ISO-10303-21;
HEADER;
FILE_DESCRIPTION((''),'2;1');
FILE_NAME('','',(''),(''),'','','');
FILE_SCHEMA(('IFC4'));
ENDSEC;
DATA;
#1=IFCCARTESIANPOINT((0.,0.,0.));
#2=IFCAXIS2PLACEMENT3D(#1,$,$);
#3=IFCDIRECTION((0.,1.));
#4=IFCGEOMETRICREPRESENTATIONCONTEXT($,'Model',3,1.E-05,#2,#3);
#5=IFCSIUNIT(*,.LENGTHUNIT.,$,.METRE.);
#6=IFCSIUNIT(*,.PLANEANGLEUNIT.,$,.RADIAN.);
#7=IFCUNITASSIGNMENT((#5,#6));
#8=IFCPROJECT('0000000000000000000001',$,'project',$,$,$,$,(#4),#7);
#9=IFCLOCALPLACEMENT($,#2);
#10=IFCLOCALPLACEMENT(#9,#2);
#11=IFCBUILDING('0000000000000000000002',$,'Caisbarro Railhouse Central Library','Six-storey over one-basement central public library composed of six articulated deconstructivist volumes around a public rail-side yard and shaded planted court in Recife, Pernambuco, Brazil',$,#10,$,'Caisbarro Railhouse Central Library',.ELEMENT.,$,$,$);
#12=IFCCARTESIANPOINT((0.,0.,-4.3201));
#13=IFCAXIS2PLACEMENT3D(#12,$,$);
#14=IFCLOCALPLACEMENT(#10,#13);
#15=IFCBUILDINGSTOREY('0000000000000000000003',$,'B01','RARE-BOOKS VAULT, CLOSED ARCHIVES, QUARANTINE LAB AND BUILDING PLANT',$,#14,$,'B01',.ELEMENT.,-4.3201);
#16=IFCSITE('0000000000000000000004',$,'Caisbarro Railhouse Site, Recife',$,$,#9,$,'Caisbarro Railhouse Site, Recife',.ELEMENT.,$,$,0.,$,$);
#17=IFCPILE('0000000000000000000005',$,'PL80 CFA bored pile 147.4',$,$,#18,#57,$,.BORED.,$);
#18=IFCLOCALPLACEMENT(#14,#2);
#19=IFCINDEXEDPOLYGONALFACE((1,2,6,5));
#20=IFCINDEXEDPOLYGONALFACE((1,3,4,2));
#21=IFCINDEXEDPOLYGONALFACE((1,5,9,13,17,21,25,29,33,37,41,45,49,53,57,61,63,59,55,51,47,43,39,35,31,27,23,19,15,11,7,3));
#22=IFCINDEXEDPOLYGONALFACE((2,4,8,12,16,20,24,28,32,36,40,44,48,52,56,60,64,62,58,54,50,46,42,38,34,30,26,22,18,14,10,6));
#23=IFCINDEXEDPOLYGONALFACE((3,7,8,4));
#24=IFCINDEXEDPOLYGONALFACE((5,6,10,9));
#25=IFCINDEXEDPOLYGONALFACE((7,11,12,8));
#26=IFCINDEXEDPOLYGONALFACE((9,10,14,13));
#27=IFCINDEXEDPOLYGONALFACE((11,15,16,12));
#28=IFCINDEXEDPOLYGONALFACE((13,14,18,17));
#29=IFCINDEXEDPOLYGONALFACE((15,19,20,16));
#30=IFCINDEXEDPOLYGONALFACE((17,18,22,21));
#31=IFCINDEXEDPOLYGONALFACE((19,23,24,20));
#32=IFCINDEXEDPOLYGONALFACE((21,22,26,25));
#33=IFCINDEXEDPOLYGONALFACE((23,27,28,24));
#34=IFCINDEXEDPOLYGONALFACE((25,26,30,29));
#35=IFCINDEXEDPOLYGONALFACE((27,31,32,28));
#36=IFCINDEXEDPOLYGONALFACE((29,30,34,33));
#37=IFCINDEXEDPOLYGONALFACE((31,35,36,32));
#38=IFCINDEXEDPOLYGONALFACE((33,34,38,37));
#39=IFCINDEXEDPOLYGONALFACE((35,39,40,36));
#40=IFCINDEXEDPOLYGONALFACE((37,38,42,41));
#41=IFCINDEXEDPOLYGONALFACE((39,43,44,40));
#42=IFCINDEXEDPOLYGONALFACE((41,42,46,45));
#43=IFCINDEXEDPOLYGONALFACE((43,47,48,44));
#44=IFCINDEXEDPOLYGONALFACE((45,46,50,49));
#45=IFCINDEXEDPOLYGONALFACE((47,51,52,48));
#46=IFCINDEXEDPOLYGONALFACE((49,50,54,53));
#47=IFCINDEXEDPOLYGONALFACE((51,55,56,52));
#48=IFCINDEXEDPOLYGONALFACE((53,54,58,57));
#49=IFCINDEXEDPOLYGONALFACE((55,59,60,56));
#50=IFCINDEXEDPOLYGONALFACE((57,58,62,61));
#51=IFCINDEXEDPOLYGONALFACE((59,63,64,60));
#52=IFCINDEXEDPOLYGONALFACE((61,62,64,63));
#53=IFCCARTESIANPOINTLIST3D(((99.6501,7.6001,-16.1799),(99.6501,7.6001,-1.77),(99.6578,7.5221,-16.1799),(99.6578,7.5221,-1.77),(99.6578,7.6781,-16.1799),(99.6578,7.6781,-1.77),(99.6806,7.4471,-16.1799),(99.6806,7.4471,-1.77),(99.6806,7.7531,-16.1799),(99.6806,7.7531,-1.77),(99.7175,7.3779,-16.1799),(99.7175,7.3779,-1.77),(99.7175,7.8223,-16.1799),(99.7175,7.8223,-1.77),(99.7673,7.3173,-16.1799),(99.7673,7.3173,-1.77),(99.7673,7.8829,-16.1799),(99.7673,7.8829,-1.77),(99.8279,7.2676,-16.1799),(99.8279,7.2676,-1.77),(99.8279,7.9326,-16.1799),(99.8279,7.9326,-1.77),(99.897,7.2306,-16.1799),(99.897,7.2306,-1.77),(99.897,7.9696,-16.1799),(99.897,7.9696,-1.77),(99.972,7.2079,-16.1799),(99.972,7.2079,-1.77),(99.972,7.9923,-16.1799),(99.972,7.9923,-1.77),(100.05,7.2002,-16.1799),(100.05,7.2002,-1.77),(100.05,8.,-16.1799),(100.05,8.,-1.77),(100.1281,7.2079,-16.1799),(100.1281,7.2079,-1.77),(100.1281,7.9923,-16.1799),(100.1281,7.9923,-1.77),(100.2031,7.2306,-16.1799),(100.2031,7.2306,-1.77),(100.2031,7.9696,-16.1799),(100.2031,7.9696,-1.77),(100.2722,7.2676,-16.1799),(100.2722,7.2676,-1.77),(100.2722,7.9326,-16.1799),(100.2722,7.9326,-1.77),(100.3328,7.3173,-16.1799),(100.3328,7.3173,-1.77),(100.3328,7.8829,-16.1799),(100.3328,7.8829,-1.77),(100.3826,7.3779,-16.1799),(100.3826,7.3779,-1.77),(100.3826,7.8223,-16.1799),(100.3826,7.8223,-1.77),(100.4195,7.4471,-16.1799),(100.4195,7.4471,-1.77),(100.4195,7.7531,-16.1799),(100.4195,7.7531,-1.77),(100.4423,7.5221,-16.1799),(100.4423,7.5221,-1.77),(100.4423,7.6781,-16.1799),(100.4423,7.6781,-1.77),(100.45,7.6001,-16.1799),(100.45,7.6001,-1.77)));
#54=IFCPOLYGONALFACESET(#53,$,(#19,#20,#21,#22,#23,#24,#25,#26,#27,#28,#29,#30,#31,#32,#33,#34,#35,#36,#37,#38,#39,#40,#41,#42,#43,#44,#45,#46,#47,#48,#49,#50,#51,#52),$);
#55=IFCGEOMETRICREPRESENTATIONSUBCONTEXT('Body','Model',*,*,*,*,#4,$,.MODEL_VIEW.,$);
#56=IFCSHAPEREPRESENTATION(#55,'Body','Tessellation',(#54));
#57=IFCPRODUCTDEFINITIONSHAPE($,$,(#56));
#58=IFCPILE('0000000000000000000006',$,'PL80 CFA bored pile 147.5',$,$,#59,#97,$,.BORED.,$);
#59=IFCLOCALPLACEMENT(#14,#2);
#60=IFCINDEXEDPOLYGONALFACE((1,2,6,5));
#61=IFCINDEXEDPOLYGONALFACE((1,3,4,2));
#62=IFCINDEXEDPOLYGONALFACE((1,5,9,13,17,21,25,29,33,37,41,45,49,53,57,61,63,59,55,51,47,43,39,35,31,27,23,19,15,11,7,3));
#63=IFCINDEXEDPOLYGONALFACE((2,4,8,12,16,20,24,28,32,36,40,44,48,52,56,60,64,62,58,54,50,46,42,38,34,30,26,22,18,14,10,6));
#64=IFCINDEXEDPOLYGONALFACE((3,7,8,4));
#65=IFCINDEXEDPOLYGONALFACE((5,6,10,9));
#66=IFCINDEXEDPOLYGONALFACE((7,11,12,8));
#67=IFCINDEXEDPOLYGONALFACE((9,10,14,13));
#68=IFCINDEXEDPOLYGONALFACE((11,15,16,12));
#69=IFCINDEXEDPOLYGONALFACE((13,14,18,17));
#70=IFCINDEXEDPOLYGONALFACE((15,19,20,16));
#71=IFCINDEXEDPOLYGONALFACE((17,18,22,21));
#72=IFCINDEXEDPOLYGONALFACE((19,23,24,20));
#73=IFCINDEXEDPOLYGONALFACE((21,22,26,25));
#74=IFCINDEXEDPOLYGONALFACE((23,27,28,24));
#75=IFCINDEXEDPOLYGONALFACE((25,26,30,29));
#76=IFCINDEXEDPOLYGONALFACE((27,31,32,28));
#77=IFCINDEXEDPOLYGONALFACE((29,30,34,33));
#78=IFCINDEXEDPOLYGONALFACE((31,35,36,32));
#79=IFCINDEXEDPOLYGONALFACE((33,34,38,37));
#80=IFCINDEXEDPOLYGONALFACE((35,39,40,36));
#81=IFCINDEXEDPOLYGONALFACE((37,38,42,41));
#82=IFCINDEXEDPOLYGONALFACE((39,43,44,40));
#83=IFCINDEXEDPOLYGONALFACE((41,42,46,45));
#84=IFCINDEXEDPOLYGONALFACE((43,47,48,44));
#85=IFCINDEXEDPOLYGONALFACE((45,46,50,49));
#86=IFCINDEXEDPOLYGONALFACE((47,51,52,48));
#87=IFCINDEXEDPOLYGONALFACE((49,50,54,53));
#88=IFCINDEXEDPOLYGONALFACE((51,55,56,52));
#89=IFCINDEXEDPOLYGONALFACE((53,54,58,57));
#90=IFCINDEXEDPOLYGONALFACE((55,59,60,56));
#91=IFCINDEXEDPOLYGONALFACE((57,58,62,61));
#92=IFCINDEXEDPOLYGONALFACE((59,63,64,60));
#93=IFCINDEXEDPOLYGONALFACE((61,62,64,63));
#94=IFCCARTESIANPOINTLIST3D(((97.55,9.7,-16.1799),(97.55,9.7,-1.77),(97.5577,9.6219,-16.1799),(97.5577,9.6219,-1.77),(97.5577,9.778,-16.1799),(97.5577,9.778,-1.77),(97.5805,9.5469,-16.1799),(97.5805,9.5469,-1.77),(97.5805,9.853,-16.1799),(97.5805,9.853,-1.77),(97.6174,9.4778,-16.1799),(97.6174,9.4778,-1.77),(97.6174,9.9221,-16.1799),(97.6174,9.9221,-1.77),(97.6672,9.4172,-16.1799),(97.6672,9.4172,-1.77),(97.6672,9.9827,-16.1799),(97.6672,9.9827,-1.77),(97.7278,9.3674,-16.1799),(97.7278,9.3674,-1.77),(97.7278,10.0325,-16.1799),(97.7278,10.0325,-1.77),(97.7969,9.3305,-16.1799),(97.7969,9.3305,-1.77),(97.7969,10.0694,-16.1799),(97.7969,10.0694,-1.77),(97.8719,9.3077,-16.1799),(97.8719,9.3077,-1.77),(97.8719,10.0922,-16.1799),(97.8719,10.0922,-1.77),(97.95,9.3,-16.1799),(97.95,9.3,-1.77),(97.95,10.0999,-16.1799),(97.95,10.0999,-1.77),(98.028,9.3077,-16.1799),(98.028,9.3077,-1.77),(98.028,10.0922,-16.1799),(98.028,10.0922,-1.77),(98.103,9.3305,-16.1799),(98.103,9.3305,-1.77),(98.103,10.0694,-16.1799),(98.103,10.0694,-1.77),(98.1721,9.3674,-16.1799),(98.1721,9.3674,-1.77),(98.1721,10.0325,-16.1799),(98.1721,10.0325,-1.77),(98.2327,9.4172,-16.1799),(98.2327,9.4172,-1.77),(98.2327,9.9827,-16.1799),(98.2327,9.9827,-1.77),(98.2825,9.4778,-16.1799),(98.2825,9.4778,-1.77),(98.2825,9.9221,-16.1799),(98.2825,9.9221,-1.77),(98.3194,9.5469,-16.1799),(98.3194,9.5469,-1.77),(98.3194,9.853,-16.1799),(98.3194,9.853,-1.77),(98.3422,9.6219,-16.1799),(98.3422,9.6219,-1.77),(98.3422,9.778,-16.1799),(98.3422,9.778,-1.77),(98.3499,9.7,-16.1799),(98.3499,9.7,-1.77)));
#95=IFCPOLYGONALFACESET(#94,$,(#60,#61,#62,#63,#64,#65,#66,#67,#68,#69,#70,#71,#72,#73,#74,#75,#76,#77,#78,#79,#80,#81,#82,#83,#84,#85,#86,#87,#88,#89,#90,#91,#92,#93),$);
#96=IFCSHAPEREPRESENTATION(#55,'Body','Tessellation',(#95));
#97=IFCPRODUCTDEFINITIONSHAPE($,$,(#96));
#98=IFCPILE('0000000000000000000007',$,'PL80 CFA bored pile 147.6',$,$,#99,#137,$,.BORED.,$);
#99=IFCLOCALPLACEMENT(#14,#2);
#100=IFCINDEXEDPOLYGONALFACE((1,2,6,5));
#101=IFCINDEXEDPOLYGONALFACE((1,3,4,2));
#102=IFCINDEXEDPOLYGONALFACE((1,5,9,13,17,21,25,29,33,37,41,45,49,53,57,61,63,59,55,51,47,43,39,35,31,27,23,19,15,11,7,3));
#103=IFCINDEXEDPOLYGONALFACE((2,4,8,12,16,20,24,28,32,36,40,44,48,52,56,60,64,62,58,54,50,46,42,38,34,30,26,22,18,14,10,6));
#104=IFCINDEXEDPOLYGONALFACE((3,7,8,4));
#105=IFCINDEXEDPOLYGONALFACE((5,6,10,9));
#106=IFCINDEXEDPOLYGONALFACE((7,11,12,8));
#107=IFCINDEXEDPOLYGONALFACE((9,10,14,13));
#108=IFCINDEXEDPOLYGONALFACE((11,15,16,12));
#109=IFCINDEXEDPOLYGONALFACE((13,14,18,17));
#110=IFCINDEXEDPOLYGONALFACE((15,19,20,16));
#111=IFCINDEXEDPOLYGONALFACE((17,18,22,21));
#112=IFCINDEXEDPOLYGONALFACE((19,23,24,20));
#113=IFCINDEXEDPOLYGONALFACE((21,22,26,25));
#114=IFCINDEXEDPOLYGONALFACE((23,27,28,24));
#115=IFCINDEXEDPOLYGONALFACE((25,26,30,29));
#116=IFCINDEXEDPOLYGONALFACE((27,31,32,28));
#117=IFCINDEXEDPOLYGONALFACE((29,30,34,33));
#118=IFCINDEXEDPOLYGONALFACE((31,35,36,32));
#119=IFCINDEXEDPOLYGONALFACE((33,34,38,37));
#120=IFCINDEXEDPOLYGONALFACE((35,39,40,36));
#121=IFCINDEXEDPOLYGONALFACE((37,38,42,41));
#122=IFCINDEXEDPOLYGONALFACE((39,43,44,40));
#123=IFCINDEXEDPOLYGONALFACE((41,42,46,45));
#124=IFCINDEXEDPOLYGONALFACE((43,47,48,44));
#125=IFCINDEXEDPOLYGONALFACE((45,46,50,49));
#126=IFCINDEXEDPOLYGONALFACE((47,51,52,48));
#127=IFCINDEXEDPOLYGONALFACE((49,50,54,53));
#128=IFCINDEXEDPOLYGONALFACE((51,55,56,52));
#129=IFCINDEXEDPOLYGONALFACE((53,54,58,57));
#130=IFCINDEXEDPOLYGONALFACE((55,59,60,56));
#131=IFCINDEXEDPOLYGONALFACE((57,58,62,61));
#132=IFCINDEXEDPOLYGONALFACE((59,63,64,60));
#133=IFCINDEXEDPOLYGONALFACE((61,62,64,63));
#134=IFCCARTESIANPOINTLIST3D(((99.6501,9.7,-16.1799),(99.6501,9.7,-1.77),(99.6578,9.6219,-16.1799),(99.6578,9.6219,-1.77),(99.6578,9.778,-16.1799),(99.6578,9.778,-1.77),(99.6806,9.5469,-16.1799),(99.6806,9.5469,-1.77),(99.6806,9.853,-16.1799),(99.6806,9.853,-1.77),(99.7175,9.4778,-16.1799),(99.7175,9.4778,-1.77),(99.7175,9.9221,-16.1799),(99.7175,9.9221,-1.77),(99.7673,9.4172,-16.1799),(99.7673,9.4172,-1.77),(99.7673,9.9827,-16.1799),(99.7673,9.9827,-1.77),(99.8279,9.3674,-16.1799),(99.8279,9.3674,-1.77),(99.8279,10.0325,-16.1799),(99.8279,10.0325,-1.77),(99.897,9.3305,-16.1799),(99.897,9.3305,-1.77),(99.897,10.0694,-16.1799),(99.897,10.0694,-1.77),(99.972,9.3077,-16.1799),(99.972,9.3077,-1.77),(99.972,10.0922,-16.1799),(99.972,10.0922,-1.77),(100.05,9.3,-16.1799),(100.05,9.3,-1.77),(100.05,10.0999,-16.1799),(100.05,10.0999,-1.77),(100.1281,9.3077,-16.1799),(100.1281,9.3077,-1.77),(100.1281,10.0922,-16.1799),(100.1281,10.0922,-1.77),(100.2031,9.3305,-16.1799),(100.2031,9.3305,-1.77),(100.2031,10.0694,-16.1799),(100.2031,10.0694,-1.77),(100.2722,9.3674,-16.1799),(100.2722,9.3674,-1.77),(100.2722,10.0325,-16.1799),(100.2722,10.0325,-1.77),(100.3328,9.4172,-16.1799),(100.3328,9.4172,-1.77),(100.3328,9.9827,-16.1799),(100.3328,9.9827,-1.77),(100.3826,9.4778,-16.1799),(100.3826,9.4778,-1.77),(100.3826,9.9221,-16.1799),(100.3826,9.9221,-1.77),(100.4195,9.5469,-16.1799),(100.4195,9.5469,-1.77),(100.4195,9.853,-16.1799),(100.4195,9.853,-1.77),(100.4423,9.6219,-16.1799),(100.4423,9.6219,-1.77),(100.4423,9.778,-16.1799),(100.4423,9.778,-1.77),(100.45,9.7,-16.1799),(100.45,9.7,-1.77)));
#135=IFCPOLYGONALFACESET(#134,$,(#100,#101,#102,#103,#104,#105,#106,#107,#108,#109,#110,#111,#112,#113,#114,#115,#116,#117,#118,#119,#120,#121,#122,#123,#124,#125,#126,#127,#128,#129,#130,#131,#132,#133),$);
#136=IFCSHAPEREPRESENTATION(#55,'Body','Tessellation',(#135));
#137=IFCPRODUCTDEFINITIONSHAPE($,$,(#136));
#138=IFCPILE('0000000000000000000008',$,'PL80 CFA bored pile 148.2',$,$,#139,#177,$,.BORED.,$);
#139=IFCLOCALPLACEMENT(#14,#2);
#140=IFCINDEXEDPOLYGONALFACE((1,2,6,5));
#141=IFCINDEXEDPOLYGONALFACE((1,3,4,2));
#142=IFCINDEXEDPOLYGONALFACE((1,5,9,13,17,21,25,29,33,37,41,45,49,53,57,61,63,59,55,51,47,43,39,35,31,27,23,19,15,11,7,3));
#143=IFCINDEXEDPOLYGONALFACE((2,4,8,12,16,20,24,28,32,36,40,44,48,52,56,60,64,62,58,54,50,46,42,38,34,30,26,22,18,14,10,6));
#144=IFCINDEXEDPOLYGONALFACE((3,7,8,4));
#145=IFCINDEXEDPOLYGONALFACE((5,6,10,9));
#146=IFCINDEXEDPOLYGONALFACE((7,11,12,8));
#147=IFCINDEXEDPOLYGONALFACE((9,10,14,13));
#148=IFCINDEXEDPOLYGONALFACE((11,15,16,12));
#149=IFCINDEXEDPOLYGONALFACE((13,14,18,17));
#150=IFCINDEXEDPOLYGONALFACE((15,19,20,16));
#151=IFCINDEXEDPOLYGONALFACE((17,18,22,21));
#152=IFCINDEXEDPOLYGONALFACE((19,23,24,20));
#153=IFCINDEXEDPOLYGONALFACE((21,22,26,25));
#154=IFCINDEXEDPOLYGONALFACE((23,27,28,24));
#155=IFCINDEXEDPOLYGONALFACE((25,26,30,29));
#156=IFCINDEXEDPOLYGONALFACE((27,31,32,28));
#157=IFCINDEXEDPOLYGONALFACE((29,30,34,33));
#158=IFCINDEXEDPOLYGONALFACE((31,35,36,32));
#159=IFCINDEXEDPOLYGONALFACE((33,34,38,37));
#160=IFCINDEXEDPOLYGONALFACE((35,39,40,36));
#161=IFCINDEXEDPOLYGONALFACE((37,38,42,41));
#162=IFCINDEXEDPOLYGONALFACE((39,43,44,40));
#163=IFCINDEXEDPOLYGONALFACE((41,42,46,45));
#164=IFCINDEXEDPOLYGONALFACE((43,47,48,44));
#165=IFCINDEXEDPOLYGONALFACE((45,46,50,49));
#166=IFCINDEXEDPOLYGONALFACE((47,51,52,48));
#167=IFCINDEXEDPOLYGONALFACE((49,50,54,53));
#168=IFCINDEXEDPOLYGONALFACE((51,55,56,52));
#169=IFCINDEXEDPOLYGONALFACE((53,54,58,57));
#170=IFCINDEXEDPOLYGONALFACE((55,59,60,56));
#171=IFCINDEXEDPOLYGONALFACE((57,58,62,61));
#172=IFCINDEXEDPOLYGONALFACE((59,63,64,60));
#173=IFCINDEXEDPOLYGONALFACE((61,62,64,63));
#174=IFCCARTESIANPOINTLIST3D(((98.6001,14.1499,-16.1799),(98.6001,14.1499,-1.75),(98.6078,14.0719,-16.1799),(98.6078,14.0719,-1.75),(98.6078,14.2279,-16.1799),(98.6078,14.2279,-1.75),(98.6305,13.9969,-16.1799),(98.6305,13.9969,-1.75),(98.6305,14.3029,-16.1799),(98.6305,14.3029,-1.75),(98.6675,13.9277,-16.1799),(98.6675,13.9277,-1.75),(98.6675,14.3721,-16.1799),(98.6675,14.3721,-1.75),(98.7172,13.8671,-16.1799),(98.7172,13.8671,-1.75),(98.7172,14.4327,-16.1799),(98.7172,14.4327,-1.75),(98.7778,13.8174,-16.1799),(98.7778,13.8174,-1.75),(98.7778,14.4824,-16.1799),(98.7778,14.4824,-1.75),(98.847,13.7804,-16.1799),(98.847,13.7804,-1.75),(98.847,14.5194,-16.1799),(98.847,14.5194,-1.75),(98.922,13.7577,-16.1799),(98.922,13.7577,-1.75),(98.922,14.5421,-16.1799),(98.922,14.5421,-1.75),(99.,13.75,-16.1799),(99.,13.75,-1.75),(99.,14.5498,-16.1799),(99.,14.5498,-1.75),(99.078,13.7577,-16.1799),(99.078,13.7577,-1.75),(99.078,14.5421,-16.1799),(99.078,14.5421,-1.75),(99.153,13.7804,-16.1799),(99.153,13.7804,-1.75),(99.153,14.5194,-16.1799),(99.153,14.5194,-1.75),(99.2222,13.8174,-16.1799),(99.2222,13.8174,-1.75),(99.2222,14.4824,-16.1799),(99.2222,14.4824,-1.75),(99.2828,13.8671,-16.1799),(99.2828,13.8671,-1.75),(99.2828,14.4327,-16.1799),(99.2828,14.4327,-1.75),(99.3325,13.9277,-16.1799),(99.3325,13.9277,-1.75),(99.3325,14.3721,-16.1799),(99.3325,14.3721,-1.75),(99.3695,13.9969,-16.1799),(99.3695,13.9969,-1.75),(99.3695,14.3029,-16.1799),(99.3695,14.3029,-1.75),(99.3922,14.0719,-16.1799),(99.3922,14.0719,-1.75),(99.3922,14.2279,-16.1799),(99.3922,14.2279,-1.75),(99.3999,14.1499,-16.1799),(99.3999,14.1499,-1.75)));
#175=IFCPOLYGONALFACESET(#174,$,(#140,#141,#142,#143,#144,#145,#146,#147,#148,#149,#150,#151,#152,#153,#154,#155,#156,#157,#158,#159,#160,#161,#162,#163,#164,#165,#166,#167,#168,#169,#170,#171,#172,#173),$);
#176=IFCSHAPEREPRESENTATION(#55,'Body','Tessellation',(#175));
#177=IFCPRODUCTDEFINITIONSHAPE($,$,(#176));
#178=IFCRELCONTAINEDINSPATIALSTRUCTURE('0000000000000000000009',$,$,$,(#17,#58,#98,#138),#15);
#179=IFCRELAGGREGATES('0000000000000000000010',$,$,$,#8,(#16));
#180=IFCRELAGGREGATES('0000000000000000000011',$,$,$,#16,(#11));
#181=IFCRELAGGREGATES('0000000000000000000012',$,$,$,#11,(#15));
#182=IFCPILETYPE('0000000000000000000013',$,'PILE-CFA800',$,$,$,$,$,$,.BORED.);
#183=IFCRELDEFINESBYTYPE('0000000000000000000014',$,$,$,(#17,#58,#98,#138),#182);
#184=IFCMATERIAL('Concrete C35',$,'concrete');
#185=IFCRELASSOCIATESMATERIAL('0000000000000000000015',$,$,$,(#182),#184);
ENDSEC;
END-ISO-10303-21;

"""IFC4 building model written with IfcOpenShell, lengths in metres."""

from ifc_helpers import new_model, si_unit, direction, frame, origin, origin_2d, place, context, subcontext, project, spatial, circle, extrude, material, material_profile, profile_set, type_object, element, save


model = new_model("IFC4")

# Units and contexts
model_context = context("Model", 3, precision=1e-05, world=origin(), true_north=direction((0.0, 1.0)))
body_context = subcontext(model_context, "Body", "Model", "MODEL_VIEW")
ifc_project = project(units=[si_unit("LENGTHUNIT", "METRE"), si_unit("PLANEANGLEUNIT", "RADIAN")], contexts=[model_context])

# Site, building, storey
site_placement = place(None, origin())
site = spatial("IfcSite", under=ifc_project, at=site_placement, Name="Caisbarro Railhouse Site, Recife", LongName="Caisbarro Railhouse Site, Recife", CompositionType="ELEMENT", RefElevation=0.0)
building_placement = place(site_placement, origin())
building = spatial("IfcBuilding", under=site, at=building_placement, Name="Caisbarro Railhouse Central Library", Description="Six-storey over one-basement central public library composed of six articulated deconstructivist volumes around a public rail-side yard and shaded planted court in Recife, Pernambuco, Brazil", LongName="Caisbarro Railhouse Central Library", CompositionType="ELEMENT")
storey_placement = place(building_placement, frame((0.0, 0.0, -4.3201)))
storey = spatial("IfcBuildingStorey", under=building, at=storey_placement, Name="B01", Description="RARE-BOOKS VAULT, CLOSED ARCHIVES, QUARANTINE LAB AND BUILDING PLANT", LongName="B01", CompositionType="ELEMENT", Elevation=-4.3201)

# Piles
ifc_material_1 = material(Name="Concrete C35", Category="concrete")
ifc_material_profile_1 = material_profile(ifc_material_1, circle(Radius=0.3999, at=origin_2d()), Name="PILE-CFA-800")
ifc_profile_set_1 = profile_set([ifc_material_profile_1], Name="Concrete C35")
pile_type = type_object("IfcPileType", Name="PILE-CFA800", PredefinedType="BORED", material=ifc_profile_set_1)
for number, where, z_axis, x_axis, name in (
    (1, (100.05, 7.6001, -1.77), (0.0, 0.0, -1.0), (1.0, 0.0, 0.0), "PL80 CFA bored pile 147.4"),
    (2, (97.95, 9.7, -1.77), (0.0, 0.0, -1.0), (1.0, 0.0, 0.0), "PL80 CFA bored pile 147.5"),
    (3, (100.05, 9.7, -1.77), (0.0, 0.0, -1.0), (1.0, 0.0, 0.0), "PL80 CFA bored pile 147.6"),
):
    element("IfcPile", number, at=place(storey_placement, frame(where, z_axis=z_axis, x_axis=x_axis)), inside=storey, type_object=pile_type, Name=name, PredefinedType="BORED", context=body_context, shape_type="SweptSolid", body=[
        extrude(circle(Radius=0.3999, at=origin_2d()), origin(), (0.0, 0.0, 1.0), 14.4099),
    ])
for number, where, z_axis, x_axis, name in (
    (4, (99.0, 14.1499, -1.75), (0.0, 0.0, -1.0), (1.0, 0.0, 0.0), "PL80 CFA bored pile 148.2"),
):
    element("IfcPile", number, at=place(storey_placement, frame(where, z_axis=z_axis, x_axis=x_axis)), inside=storey, type_object=pile_type, Name=name, PredefinedType="BORED", context=body_context, shape_type="SweptSolid", body=[
        extrude(circle(Radius=0.3999, at=origin_2d()), origin(), (0.0, 0.0, 1.0), 14.4299),
    ])

save(model, "model.ifc")
